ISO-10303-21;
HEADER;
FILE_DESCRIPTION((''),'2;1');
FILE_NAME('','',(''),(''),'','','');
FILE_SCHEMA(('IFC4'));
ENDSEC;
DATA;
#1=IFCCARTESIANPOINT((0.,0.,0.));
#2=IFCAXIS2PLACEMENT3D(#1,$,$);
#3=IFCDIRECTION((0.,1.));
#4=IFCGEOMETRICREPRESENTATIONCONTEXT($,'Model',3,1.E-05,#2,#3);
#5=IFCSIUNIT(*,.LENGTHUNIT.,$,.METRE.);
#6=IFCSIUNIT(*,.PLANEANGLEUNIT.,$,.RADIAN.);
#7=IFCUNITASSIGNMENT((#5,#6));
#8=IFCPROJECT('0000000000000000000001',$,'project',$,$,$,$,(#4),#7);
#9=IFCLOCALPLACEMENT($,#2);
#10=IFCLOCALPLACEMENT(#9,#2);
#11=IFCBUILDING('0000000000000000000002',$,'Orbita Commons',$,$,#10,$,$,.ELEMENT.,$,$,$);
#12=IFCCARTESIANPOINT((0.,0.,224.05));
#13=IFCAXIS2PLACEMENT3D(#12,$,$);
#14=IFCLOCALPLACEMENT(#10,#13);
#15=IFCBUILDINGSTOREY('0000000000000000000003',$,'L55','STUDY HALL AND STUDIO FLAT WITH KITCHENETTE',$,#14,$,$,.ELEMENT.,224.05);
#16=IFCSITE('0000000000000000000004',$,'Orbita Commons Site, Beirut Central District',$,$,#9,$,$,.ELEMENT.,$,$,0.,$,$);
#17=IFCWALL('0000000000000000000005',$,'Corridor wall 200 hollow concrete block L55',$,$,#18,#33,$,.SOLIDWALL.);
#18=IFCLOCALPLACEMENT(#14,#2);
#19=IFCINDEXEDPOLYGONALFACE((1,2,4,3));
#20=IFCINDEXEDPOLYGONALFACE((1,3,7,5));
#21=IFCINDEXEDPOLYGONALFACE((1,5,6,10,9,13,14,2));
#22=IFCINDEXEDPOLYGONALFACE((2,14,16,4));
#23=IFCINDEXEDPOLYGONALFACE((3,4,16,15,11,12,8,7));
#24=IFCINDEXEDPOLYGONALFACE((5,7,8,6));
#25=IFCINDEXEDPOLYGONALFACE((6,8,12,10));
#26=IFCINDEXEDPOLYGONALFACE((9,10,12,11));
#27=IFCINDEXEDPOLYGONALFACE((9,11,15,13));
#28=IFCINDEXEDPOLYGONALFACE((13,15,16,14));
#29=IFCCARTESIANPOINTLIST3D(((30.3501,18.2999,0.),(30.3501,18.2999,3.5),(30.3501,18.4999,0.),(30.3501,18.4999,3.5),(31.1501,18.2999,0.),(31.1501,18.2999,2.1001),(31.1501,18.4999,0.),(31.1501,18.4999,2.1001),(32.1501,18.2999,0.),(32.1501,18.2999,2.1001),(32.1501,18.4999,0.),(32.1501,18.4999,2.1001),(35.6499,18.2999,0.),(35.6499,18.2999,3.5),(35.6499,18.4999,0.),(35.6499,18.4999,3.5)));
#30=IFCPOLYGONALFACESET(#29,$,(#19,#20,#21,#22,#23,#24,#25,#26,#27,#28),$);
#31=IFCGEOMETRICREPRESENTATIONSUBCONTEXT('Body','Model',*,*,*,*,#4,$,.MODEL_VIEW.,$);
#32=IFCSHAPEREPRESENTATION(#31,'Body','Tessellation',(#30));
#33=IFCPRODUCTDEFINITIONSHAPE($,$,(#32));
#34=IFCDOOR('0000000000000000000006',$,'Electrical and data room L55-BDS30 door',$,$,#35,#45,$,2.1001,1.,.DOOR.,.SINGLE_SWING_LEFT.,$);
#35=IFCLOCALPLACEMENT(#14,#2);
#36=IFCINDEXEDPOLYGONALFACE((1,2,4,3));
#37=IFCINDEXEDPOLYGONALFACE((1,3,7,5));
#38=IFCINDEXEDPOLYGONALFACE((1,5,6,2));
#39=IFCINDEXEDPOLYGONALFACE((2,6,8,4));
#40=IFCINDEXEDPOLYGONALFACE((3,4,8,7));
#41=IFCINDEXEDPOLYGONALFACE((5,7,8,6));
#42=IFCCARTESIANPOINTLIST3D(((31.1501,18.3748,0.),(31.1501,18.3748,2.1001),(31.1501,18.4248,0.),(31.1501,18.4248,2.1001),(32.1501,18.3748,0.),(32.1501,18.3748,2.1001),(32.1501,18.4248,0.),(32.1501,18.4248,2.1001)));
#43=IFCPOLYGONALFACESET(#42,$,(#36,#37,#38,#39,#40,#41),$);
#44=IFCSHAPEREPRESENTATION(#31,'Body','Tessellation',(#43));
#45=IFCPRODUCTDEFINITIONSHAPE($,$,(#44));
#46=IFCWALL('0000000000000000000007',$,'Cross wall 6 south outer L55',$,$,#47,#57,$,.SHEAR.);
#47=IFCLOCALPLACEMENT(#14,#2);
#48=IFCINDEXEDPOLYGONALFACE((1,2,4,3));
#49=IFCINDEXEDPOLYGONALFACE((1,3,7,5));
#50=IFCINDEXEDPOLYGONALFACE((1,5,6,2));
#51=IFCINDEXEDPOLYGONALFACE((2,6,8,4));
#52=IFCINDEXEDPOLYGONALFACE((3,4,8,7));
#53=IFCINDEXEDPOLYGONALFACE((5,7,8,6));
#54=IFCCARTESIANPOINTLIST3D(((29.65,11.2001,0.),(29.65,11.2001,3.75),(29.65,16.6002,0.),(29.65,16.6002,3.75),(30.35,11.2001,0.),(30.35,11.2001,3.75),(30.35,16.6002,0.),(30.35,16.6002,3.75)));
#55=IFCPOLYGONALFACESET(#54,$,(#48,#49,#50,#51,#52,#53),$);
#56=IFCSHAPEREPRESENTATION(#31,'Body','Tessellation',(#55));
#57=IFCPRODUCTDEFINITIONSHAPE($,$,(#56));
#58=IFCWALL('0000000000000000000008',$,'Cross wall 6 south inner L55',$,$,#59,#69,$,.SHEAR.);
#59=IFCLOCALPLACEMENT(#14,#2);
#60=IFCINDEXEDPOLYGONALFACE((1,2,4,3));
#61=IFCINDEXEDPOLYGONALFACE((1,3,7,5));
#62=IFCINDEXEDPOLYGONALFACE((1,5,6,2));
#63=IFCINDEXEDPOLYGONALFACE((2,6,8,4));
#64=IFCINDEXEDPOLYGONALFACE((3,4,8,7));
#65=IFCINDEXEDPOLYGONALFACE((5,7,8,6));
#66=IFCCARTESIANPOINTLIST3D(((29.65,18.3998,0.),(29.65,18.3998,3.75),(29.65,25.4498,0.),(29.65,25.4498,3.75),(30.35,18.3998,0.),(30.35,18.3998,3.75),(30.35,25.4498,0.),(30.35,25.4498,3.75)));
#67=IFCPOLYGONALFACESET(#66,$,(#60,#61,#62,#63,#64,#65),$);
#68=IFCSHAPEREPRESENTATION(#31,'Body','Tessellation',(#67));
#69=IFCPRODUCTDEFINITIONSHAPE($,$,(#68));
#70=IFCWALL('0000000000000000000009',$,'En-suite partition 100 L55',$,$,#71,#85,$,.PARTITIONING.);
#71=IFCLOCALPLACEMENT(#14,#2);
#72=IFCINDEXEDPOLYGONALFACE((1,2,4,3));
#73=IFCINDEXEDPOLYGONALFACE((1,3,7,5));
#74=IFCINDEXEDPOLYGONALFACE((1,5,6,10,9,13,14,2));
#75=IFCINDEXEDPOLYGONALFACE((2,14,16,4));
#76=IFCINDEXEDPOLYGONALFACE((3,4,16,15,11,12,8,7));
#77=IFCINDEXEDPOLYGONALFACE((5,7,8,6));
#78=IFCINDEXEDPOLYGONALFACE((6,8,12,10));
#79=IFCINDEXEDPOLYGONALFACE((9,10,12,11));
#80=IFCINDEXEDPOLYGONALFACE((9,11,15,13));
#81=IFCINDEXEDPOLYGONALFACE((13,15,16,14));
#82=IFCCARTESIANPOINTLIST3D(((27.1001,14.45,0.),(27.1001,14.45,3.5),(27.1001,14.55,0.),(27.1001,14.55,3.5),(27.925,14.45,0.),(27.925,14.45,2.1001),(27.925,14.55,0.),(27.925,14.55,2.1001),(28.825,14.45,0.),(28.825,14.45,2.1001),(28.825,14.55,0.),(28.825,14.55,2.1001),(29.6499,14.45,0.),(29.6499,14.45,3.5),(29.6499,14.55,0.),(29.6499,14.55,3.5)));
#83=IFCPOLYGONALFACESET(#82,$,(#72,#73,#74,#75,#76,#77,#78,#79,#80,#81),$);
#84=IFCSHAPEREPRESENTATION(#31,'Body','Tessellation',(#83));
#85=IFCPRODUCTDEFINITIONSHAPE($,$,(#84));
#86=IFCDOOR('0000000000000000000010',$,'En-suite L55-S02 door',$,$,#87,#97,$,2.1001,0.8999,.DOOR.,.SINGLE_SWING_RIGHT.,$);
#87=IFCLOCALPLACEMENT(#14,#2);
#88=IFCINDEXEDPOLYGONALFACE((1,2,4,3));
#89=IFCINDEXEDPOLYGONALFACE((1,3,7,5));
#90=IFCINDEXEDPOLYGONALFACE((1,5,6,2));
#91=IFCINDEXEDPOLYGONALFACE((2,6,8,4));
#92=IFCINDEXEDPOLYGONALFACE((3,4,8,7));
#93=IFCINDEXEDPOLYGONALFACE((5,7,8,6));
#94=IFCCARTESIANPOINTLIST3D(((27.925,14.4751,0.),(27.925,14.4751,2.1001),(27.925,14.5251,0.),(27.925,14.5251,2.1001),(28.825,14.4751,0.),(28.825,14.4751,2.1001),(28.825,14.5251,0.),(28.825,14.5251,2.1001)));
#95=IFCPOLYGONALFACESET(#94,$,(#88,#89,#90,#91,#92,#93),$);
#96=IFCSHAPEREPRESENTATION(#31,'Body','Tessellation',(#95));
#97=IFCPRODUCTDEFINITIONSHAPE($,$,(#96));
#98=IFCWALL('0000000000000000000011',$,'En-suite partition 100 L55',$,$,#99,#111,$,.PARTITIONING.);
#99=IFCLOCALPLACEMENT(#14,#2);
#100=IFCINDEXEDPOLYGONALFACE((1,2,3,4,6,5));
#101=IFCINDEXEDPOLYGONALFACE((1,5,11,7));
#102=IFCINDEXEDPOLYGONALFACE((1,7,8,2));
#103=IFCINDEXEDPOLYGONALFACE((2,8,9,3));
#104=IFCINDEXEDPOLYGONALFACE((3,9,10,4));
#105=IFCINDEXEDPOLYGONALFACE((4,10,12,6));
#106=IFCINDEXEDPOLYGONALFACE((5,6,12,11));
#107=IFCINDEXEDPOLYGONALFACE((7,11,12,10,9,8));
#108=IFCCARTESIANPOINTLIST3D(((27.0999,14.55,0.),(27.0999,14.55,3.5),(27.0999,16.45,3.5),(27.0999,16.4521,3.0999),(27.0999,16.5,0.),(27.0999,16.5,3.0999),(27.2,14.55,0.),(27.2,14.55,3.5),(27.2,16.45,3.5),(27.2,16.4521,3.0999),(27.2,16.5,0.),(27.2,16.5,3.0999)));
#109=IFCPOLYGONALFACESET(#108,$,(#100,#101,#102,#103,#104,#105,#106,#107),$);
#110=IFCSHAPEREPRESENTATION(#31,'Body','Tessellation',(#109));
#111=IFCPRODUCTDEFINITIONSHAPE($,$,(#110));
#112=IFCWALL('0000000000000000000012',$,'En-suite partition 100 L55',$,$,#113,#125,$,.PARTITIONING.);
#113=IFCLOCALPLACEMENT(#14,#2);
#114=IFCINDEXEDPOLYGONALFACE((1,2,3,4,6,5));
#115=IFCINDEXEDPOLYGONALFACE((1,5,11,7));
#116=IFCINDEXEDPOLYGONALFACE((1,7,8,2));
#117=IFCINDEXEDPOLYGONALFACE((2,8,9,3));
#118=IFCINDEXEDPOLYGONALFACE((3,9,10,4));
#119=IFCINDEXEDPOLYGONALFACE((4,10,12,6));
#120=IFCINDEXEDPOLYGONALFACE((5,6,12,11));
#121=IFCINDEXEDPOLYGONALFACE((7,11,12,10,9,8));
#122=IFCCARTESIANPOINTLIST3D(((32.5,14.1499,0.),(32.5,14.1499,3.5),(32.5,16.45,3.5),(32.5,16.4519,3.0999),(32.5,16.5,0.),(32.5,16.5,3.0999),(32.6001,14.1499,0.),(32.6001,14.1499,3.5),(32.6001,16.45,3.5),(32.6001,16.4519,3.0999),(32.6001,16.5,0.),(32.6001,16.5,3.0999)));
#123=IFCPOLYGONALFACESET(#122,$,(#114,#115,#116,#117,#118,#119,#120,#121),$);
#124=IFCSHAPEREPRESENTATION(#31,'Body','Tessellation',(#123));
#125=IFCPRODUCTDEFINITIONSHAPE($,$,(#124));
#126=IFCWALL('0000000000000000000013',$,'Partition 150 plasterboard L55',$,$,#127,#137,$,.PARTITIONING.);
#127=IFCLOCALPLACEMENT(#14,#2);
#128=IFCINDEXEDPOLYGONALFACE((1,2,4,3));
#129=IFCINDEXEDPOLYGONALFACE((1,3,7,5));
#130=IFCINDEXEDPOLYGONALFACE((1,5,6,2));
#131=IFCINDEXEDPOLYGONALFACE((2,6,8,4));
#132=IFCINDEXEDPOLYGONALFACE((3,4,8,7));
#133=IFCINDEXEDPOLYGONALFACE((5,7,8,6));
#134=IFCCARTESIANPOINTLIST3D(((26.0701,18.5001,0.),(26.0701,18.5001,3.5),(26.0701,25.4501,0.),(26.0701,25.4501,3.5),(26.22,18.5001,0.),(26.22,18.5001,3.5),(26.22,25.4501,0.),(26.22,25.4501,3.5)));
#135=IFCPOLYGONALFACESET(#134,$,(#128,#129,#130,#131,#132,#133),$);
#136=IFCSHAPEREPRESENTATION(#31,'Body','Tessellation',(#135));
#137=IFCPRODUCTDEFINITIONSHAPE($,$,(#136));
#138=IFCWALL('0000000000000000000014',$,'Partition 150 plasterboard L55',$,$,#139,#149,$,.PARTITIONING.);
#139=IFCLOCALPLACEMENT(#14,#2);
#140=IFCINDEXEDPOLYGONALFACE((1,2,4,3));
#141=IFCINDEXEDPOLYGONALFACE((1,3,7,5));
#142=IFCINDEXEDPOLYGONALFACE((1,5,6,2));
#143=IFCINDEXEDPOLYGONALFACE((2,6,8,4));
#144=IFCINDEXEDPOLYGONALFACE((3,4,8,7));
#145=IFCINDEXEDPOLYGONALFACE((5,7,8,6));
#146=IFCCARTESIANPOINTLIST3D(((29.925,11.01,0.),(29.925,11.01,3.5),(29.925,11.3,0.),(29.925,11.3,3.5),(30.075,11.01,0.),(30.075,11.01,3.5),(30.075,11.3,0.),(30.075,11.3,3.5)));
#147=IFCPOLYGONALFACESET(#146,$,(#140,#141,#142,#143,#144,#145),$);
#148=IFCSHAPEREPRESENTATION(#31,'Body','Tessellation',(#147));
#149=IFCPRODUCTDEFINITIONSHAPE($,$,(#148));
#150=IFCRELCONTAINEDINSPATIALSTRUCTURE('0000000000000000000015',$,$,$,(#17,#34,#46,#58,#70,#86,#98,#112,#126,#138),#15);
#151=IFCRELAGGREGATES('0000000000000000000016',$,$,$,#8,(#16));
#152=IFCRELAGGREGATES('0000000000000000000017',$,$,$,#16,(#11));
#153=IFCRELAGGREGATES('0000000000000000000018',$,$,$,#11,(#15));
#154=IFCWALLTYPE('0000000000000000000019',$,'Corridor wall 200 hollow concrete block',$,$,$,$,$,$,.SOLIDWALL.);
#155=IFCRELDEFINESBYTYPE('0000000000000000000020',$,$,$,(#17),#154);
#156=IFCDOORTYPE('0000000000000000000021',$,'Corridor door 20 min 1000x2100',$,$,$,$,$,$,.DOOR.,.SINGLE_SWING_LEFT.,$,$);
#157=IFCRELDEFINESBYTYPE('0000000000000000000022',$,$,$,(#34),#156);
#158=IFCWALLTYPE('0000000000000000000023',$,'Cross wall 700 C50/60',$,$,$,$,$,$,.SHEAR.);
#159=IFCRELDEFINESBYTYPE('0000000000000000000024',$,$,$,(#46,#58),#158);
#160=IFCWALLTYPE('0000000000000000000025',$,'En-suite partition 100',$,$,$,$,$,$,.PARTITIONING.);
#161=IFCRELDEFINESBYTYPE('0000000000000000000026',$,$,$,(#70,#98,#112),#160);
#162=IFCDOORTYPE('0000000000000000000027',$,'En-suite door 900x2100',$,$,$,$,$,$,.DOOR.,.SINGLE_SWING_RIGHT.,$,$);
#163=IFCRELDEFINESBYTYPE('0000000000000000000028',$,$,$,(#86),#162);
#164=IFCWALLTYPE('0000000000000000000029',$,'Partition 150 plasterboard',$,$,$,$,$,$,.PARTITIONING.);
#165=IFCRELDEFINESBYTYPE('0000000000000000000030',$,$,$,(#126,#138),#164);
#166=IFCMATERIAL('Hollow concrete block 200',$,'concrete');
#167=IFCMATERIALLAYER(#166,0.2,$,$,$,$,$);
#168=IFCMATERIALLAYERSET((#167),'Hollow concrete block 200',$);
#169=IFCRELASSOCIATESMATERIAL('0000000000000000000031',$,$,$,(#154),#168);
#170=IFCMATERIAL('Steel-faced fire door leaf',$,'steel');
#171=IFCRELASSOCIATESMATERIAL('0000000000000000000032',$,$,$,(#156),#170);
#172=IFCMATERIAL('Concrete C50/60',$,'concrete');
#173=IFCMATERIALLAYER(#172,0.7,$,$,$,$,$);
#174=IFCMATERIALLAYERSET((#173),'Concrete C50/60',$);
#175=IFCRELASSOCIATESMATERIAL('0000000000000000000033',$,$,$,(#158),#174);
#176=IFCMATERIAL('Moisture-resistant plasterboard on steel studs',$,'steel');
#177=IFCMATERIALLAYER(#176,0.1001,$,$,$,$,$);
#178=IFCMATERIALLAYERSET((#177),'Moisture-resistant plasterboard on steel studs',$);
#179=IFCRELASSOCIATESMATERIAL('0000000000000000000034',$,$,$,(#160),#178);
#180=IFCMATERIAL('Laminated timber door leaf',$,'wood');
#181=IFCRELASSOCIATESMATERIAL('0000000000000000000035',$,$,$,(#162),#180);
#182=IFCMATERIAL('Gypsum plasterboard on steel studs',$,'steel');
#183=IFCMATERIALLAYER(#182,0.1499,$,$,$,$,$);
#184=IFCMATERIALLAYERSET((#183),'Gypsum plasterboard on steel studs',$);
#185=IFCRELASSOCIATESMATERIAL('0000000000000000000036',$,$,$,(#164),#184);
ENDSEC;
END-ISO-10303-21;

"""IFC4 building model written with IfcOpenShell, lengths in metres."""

from ifc_helpers import new_model, si_unit, direction, frame, frame_2d, origin, place, context, subcontext, project, spatial, polyline, rectangle, outline, extrude, material, layer, layer_set, type_object, element, fill, save


model = new_model("IFC4")

# Units and contexts
model_context = context("Model", 3, precision=1e-05, world=origin(), true_north=direction((0.0, 1.0)))
body_context = subcontext(model_context, "Body", "Model", "MODEL_VIEW")
ifc_project = project(units=[si_unit("LENGTHUNIT", "METRE"), si_unit("PLANEANGLEUNIT", "RADIAN")], contexts=[model_context])

# Site, building, storey
site_placement = place(None, origin())
site = spatial("IfcSite", under=ifc_project, at=site_placement, Name="Orbita Commons Site, Beirut Central District", CompositionType="ELEMENT", RefElevation=0.0)
building_placement = place(site_placement, origin())
building = spatial("IfcBuilding", under=site, at=building_placement, Name="Orbita Commons", CompositionType="ELEMENT")
storey_placement = place(building_placement, frame((0.0, 0.0, 224.05)))
storey = spatial("IfcBuildingStorey", under=building, at=storey_placement, Name="L55", Description="STUDY HALL AND STUDIO FLAT WITH KITCHENETTE", CompositionType="ELEMENT", Elevation=224.05)

# Shared definitions
ifc_material_1 = material(Name="Hollow concrete block 200", Category="concrete")
ifc_layer_1 = layer(ifc_material_1, 0.2)
ifc_layer_set_1 = layer_set([ifc_layer_1], Name="Hollow concrete block 200")
wall_type_1 = type_object("IfcWallType", Name="Corridor wall 200 hollow concrete block", PredefinedType="SOLIDWALL", material=ifc_layer_set_1)

# Wall, opening, door
wall_1_placement = place(storey_placement, frame((30.3501, 18.3999, 0.0), z_axis=(0.0, 0.0, 1.0), x_axis=(1.0, 0.0, 0.0)))
wall_1 = element("IfcWall", 1, at=wall_1_placement, inside=storey, type_object=wall_type_1, Name="Corridor wall 200 hollow concrete block L55", PredefinedType="SOLIDWALL", context=body_context, shape_type="SweptSolid", body=[
    extrude(rectangle(XDim=5.2998, YDim=0.2, at=frame_2d((2.6499, 0.0))), origin(), (0.0, 0.0, 1.0), 3.5),
])
opening_1_placement = place(wall_1_placement, frame((0.8, 0.0, 0.0)))
opening_1 = element("IfcOpeningElement", 2, at=opening_1_placement, cuts=wall_1, PredefinedType="OPENING", context=body_context, shape_type="SweptSolid", body=[
    extrude(rectangle(XDim=1.0, YDim=2.1001, at=frame_2d((0.5, 1.05))), frame((0.0, 0.1099, 0.0), z_axis=(0.0, -1.0, 0.0), x_axis=(1.0, 0.0, 0.0)), (0.0, 0.0, 1.0), 0.22),
])
ifc_material_2 = material(Name="Steel-faced fire door leaf", Category="steel")
door_type_1 = type_object("IfcDoorType", Name="Corridor door 20 min 1000x2100", OperationType="SINGLE_SWING_LEFT", PredefinedType="DOOR", material=ifc_material_2)
door_1_placement = place(opening_1_placement, origin())
door_1 = element("IfcDoor", 3, at=door_1_placement, inside=storey, type_object=door_type_1, Name="Electrical and data room L55-BDS30 door", OperationType="SINGLE_SWING_LEFT", OverallHeight=2.1001, OverallWidth=1.0, PredefinedType="DOOR", context=body_context, shape_type="SweptSolid", body=[
    extrude(rectangle(XDim=1.0, YDim=2.1001, at=frame_2d((0.5, 1.05))), frame((0.0, 0.0249, 0.0), z_axis=(0.0, -1.0, 0.0), x_axis=(1.0, 0.0, 0.0)), (0.0, 0.0, 1.0), 0.05),
])
fill(opening_1, door_1)

# Walls
ifc_material_3 = material(Name="Concrete C50/60", Category="concrete")
ifc_layer_2 = layer(ifc_material_3, 0.7)
ifc_layer_set_2 = layer_set([ifc_layer_2], Name="Concrete C50/60")
wall_type_2 = type_object("IfcWallType", Name="Cross wall 700 C50/60", PredefinedType="SHEAR", material=ifc_layer_set_2)
wall_2_placement = place(storey_placement, frame((30.0, 11.2, 0.0), z_axis=(0.0, 0.0, 1.0), x_axis=(0.0, 1.0, 0.0)))
element("IfcWall", 4, at=wall_2_placement, inside=storey, type_object=wall_type_2, Name="Cross wall 6 south outer L55", PredefinedType="SHEAR", context=body_context, shape_type="SweptSolid", body=[
    extrude(rectangle(XDim=5.4001, YDim=0.7, at=frame_2d((2.7002, 0.0))), origin(), (0.0, 0.0, 1.0), 3.75),
])
wall_3_placement = place(storey_placement, frame((30.0, 18.3999, 0.0), z_axis=(0.0, 0.0, 1.0), x_axis=(0.0, 1.0, 0.0)))
element("IfcWall", 5, at=wall_3_placement, inside=storey, type_object=wall_type_2, Name="Cross wall 6 south inner L55", PredefinedType="SHEAR", context=body_context, shape_type="SweptSolid", body=[
    extrude(rectangle(XDim=7.05, YDim=0.7, at=frame_2d((3.5249, 0.0))), origin(), (0.0, 0.0, 1.0), 3.75),
])

# Wall, opening, door
ifc_material_4 = material(Name="Moisture-resistant plasterboard on steel studs", Category="steel")
ifc_layer_3 = layer(ifc_material_4, 0.1001)
ifc_layer_set_3 = layer_set([ifc_layer_3], Name="Moisture-resistant plasterboard on steel studs")
wall_type_3 = type_object("IfcWallType", Name="En-suite partition 100", PredefinedType="PARTITIONING", material=ifc_layer_set_3)
wall_4_placement = place(storey_placement, frame((29.6499, 14.5, 0.0), z_axis=(0.0, 0.0, 1.0), x_axis=(-1.0, 0.0, 0.0)))
wall_4 = element("IfcWall", 6, at=wall_4_placement, inside=storey, type_object=wall_type_3, Name="En-suite partition 100 L55", PredefinedType="PARTITIONING", context=body_context, shape_type="SweptSolid", body=[
    extrude(rectangle(XDim=2.5498, YDim=0.1001, at=frame_2d((1.2749, 0.0))), origin(), (0.0, 0.0, 1.0), 3.5),
])
opening_2_placement = place(wall_4_placement, frame((0.825, 0.0, 0.0)))
opening_2 = element("IfcOpeningElement", 7, at=opening_2_placement, cuts=wall_4, PredefinedType="OPENING", context=body_context, shape_type="SweptSolid", body=[
    extrude(rectangle(XDim=0.8999, YDim=2.1001, at=frame_2d((0.45, 1.05))), frame((0.0, 0.0601, 0.0), z_axis=(0.0, -1.0, 0.0), x_axis=(1.0, 0.0, 0.0)), (0.0, 0.0, 1.0), 0.1201),
])
ifc_material_5 = material(Name="Laminated timber door leaf", Category="wood")
door_type_2 = type_object("IfcDoorType", Name="En-suite door 900x2100", OperationType="SINGLE_SWING_RIGHT", PredefinedType="DOOR", material=ifc_material_5)
door_2_placement = place(opening_2_placement, origin())
door_2 = element("IfcDoor", 8, at=door_2_placement, inside=storey, type_object=door_type_2, Name="En-suite L55-S02 door", OperationType="SINGLE_SWING_RIGHT", OverallHeight=2.1001, OverallWidth=0.8999, PredefinedType="DOOR", context=body_context, shape_type="SweptSolid", body=[
    extrude(rectangle(XDim=0.8999, YDim=2.1001, at=frame_2d((0.45, 1.05))), frame((0.0, 0.0249, 0.0), z_axis=(0.0, -1.0, 0.0), x_axis=(1.0, 0.0, 0.0)), (0.0, 0.0, 1.0), 0.05),
])
fill(opening_2, door_2)

# Walls
wall_5_placement = place(storey_placement, frame((27.1499, 14.55, 0.0), z_axis=(0.0, 0.0, 1.0), x_axis=(0.0, 1.0, 0.0)))
element("IfcWall", 9, at=wall_5_placement, inside=storey, type_object=wall_type_3, Name="En-suite partition 100 L55", PredefinedType="PARTITIONING", context=body_context, shape_type="SweptSolid", body=[
    extrude(outline(polyline([(0.0, 0.0), (1.95, 0.0), (1.95, 3.0999), (1.9021, 3.0999), (1.8999, 3.5), (0.0, 3.5), (0.0, 0.0)])), frame((0.0, 0.05, 0.0), z_axis=(0.0, -1.0, 0.0), x_axis=(1.0, 0.0, 0.0)), (0.0, 0.0, 1.0), 0.1001),
])
wall_6_placement = place(storey_placement, frame((32.55, 14.1499, 0.0), z_axis=(0.0, 0.0, 1.0), x_axis=(0.0, 1.0, 0.0)))
element("IfcWall", 10, at=wall_6_placement, inside=storey, type_object=wall_type_3, Name="En-suite partition 100 L55", PredefinedType="PARTITIONING", context=body_context, shape_type="SweptSolid", body=[
    extrude(outline(polyline([(0.0, 0.0), (2.3501, 0.0), (2.3501, 3.0999), (2.302, 3.0999), (2.3, 3.5), (0.0, 3.5), (0.0, 0.0)])), frame((0.0, 0.05, 0.0), z_axis=(0.0, -1.0, 0.0), x_axis=(1.0, 0.0, 0.0)), (0.0, 0.0, 1.0), 0.1001),
])
ifc_material_6 = material(Name="Gypsum plasterboard on steel studs", Category="steel")
ifc_layer_4 = layer(ifc_material_6, 0.1499)
ifc_layer_set_4 = layer_set([ifc_layer_4], Name="Gypsum plasterboard on steel studs")
wall_type_4 = type_object("IfcWallType", Name="Partition 150 plasterboard", PredefinedType="PARTITIONING", material=ifc_layer_set_4)
wall_7_placement = place(storey_placement, frame((26.145, 18.5, 0.0), z_axis=(0.0, 0.0, 1.0), x_axis=(0.0, 1.0, 0.0)))
element("IfcWall", 11, at=wall_7_placement, inside=storey, type_object=wall_type_4, Name="Partition 150 plasterboard L55", PredefinedType="PARTITIONING", context=body_context, shape_type="SweptSolid", body=[
    extrude(rectangle(XDim=6.95, YDim=0.1499, at=frame_2d((3.4751, 0.0))), origin(), (0.0, 0.0, 1.0), 3.5),
])
wall_8_placement = place(storey_placement, frame((30.0, 11.3, 0.0), z_axis=(0.0, 0.0, 1.0), x_axis=(0.0, -1.0, 0.0)))
element("IfcWall", 12, at=wall_8_placement, inside=storey, type_object=wall_type_4, Name="Partition 150 plasterboard L55", PredefinedType="PARTITIONING", context=body_context, shape_type="SweptSolid", body=[
    extrude(rectangle(XDim=0.29, YDim=0.1499, at=frame_2d((0.145, 0.0))), origin(), (0.0, 0.0, 1.0), 3.5),
])

save(model, "model.ifc")
